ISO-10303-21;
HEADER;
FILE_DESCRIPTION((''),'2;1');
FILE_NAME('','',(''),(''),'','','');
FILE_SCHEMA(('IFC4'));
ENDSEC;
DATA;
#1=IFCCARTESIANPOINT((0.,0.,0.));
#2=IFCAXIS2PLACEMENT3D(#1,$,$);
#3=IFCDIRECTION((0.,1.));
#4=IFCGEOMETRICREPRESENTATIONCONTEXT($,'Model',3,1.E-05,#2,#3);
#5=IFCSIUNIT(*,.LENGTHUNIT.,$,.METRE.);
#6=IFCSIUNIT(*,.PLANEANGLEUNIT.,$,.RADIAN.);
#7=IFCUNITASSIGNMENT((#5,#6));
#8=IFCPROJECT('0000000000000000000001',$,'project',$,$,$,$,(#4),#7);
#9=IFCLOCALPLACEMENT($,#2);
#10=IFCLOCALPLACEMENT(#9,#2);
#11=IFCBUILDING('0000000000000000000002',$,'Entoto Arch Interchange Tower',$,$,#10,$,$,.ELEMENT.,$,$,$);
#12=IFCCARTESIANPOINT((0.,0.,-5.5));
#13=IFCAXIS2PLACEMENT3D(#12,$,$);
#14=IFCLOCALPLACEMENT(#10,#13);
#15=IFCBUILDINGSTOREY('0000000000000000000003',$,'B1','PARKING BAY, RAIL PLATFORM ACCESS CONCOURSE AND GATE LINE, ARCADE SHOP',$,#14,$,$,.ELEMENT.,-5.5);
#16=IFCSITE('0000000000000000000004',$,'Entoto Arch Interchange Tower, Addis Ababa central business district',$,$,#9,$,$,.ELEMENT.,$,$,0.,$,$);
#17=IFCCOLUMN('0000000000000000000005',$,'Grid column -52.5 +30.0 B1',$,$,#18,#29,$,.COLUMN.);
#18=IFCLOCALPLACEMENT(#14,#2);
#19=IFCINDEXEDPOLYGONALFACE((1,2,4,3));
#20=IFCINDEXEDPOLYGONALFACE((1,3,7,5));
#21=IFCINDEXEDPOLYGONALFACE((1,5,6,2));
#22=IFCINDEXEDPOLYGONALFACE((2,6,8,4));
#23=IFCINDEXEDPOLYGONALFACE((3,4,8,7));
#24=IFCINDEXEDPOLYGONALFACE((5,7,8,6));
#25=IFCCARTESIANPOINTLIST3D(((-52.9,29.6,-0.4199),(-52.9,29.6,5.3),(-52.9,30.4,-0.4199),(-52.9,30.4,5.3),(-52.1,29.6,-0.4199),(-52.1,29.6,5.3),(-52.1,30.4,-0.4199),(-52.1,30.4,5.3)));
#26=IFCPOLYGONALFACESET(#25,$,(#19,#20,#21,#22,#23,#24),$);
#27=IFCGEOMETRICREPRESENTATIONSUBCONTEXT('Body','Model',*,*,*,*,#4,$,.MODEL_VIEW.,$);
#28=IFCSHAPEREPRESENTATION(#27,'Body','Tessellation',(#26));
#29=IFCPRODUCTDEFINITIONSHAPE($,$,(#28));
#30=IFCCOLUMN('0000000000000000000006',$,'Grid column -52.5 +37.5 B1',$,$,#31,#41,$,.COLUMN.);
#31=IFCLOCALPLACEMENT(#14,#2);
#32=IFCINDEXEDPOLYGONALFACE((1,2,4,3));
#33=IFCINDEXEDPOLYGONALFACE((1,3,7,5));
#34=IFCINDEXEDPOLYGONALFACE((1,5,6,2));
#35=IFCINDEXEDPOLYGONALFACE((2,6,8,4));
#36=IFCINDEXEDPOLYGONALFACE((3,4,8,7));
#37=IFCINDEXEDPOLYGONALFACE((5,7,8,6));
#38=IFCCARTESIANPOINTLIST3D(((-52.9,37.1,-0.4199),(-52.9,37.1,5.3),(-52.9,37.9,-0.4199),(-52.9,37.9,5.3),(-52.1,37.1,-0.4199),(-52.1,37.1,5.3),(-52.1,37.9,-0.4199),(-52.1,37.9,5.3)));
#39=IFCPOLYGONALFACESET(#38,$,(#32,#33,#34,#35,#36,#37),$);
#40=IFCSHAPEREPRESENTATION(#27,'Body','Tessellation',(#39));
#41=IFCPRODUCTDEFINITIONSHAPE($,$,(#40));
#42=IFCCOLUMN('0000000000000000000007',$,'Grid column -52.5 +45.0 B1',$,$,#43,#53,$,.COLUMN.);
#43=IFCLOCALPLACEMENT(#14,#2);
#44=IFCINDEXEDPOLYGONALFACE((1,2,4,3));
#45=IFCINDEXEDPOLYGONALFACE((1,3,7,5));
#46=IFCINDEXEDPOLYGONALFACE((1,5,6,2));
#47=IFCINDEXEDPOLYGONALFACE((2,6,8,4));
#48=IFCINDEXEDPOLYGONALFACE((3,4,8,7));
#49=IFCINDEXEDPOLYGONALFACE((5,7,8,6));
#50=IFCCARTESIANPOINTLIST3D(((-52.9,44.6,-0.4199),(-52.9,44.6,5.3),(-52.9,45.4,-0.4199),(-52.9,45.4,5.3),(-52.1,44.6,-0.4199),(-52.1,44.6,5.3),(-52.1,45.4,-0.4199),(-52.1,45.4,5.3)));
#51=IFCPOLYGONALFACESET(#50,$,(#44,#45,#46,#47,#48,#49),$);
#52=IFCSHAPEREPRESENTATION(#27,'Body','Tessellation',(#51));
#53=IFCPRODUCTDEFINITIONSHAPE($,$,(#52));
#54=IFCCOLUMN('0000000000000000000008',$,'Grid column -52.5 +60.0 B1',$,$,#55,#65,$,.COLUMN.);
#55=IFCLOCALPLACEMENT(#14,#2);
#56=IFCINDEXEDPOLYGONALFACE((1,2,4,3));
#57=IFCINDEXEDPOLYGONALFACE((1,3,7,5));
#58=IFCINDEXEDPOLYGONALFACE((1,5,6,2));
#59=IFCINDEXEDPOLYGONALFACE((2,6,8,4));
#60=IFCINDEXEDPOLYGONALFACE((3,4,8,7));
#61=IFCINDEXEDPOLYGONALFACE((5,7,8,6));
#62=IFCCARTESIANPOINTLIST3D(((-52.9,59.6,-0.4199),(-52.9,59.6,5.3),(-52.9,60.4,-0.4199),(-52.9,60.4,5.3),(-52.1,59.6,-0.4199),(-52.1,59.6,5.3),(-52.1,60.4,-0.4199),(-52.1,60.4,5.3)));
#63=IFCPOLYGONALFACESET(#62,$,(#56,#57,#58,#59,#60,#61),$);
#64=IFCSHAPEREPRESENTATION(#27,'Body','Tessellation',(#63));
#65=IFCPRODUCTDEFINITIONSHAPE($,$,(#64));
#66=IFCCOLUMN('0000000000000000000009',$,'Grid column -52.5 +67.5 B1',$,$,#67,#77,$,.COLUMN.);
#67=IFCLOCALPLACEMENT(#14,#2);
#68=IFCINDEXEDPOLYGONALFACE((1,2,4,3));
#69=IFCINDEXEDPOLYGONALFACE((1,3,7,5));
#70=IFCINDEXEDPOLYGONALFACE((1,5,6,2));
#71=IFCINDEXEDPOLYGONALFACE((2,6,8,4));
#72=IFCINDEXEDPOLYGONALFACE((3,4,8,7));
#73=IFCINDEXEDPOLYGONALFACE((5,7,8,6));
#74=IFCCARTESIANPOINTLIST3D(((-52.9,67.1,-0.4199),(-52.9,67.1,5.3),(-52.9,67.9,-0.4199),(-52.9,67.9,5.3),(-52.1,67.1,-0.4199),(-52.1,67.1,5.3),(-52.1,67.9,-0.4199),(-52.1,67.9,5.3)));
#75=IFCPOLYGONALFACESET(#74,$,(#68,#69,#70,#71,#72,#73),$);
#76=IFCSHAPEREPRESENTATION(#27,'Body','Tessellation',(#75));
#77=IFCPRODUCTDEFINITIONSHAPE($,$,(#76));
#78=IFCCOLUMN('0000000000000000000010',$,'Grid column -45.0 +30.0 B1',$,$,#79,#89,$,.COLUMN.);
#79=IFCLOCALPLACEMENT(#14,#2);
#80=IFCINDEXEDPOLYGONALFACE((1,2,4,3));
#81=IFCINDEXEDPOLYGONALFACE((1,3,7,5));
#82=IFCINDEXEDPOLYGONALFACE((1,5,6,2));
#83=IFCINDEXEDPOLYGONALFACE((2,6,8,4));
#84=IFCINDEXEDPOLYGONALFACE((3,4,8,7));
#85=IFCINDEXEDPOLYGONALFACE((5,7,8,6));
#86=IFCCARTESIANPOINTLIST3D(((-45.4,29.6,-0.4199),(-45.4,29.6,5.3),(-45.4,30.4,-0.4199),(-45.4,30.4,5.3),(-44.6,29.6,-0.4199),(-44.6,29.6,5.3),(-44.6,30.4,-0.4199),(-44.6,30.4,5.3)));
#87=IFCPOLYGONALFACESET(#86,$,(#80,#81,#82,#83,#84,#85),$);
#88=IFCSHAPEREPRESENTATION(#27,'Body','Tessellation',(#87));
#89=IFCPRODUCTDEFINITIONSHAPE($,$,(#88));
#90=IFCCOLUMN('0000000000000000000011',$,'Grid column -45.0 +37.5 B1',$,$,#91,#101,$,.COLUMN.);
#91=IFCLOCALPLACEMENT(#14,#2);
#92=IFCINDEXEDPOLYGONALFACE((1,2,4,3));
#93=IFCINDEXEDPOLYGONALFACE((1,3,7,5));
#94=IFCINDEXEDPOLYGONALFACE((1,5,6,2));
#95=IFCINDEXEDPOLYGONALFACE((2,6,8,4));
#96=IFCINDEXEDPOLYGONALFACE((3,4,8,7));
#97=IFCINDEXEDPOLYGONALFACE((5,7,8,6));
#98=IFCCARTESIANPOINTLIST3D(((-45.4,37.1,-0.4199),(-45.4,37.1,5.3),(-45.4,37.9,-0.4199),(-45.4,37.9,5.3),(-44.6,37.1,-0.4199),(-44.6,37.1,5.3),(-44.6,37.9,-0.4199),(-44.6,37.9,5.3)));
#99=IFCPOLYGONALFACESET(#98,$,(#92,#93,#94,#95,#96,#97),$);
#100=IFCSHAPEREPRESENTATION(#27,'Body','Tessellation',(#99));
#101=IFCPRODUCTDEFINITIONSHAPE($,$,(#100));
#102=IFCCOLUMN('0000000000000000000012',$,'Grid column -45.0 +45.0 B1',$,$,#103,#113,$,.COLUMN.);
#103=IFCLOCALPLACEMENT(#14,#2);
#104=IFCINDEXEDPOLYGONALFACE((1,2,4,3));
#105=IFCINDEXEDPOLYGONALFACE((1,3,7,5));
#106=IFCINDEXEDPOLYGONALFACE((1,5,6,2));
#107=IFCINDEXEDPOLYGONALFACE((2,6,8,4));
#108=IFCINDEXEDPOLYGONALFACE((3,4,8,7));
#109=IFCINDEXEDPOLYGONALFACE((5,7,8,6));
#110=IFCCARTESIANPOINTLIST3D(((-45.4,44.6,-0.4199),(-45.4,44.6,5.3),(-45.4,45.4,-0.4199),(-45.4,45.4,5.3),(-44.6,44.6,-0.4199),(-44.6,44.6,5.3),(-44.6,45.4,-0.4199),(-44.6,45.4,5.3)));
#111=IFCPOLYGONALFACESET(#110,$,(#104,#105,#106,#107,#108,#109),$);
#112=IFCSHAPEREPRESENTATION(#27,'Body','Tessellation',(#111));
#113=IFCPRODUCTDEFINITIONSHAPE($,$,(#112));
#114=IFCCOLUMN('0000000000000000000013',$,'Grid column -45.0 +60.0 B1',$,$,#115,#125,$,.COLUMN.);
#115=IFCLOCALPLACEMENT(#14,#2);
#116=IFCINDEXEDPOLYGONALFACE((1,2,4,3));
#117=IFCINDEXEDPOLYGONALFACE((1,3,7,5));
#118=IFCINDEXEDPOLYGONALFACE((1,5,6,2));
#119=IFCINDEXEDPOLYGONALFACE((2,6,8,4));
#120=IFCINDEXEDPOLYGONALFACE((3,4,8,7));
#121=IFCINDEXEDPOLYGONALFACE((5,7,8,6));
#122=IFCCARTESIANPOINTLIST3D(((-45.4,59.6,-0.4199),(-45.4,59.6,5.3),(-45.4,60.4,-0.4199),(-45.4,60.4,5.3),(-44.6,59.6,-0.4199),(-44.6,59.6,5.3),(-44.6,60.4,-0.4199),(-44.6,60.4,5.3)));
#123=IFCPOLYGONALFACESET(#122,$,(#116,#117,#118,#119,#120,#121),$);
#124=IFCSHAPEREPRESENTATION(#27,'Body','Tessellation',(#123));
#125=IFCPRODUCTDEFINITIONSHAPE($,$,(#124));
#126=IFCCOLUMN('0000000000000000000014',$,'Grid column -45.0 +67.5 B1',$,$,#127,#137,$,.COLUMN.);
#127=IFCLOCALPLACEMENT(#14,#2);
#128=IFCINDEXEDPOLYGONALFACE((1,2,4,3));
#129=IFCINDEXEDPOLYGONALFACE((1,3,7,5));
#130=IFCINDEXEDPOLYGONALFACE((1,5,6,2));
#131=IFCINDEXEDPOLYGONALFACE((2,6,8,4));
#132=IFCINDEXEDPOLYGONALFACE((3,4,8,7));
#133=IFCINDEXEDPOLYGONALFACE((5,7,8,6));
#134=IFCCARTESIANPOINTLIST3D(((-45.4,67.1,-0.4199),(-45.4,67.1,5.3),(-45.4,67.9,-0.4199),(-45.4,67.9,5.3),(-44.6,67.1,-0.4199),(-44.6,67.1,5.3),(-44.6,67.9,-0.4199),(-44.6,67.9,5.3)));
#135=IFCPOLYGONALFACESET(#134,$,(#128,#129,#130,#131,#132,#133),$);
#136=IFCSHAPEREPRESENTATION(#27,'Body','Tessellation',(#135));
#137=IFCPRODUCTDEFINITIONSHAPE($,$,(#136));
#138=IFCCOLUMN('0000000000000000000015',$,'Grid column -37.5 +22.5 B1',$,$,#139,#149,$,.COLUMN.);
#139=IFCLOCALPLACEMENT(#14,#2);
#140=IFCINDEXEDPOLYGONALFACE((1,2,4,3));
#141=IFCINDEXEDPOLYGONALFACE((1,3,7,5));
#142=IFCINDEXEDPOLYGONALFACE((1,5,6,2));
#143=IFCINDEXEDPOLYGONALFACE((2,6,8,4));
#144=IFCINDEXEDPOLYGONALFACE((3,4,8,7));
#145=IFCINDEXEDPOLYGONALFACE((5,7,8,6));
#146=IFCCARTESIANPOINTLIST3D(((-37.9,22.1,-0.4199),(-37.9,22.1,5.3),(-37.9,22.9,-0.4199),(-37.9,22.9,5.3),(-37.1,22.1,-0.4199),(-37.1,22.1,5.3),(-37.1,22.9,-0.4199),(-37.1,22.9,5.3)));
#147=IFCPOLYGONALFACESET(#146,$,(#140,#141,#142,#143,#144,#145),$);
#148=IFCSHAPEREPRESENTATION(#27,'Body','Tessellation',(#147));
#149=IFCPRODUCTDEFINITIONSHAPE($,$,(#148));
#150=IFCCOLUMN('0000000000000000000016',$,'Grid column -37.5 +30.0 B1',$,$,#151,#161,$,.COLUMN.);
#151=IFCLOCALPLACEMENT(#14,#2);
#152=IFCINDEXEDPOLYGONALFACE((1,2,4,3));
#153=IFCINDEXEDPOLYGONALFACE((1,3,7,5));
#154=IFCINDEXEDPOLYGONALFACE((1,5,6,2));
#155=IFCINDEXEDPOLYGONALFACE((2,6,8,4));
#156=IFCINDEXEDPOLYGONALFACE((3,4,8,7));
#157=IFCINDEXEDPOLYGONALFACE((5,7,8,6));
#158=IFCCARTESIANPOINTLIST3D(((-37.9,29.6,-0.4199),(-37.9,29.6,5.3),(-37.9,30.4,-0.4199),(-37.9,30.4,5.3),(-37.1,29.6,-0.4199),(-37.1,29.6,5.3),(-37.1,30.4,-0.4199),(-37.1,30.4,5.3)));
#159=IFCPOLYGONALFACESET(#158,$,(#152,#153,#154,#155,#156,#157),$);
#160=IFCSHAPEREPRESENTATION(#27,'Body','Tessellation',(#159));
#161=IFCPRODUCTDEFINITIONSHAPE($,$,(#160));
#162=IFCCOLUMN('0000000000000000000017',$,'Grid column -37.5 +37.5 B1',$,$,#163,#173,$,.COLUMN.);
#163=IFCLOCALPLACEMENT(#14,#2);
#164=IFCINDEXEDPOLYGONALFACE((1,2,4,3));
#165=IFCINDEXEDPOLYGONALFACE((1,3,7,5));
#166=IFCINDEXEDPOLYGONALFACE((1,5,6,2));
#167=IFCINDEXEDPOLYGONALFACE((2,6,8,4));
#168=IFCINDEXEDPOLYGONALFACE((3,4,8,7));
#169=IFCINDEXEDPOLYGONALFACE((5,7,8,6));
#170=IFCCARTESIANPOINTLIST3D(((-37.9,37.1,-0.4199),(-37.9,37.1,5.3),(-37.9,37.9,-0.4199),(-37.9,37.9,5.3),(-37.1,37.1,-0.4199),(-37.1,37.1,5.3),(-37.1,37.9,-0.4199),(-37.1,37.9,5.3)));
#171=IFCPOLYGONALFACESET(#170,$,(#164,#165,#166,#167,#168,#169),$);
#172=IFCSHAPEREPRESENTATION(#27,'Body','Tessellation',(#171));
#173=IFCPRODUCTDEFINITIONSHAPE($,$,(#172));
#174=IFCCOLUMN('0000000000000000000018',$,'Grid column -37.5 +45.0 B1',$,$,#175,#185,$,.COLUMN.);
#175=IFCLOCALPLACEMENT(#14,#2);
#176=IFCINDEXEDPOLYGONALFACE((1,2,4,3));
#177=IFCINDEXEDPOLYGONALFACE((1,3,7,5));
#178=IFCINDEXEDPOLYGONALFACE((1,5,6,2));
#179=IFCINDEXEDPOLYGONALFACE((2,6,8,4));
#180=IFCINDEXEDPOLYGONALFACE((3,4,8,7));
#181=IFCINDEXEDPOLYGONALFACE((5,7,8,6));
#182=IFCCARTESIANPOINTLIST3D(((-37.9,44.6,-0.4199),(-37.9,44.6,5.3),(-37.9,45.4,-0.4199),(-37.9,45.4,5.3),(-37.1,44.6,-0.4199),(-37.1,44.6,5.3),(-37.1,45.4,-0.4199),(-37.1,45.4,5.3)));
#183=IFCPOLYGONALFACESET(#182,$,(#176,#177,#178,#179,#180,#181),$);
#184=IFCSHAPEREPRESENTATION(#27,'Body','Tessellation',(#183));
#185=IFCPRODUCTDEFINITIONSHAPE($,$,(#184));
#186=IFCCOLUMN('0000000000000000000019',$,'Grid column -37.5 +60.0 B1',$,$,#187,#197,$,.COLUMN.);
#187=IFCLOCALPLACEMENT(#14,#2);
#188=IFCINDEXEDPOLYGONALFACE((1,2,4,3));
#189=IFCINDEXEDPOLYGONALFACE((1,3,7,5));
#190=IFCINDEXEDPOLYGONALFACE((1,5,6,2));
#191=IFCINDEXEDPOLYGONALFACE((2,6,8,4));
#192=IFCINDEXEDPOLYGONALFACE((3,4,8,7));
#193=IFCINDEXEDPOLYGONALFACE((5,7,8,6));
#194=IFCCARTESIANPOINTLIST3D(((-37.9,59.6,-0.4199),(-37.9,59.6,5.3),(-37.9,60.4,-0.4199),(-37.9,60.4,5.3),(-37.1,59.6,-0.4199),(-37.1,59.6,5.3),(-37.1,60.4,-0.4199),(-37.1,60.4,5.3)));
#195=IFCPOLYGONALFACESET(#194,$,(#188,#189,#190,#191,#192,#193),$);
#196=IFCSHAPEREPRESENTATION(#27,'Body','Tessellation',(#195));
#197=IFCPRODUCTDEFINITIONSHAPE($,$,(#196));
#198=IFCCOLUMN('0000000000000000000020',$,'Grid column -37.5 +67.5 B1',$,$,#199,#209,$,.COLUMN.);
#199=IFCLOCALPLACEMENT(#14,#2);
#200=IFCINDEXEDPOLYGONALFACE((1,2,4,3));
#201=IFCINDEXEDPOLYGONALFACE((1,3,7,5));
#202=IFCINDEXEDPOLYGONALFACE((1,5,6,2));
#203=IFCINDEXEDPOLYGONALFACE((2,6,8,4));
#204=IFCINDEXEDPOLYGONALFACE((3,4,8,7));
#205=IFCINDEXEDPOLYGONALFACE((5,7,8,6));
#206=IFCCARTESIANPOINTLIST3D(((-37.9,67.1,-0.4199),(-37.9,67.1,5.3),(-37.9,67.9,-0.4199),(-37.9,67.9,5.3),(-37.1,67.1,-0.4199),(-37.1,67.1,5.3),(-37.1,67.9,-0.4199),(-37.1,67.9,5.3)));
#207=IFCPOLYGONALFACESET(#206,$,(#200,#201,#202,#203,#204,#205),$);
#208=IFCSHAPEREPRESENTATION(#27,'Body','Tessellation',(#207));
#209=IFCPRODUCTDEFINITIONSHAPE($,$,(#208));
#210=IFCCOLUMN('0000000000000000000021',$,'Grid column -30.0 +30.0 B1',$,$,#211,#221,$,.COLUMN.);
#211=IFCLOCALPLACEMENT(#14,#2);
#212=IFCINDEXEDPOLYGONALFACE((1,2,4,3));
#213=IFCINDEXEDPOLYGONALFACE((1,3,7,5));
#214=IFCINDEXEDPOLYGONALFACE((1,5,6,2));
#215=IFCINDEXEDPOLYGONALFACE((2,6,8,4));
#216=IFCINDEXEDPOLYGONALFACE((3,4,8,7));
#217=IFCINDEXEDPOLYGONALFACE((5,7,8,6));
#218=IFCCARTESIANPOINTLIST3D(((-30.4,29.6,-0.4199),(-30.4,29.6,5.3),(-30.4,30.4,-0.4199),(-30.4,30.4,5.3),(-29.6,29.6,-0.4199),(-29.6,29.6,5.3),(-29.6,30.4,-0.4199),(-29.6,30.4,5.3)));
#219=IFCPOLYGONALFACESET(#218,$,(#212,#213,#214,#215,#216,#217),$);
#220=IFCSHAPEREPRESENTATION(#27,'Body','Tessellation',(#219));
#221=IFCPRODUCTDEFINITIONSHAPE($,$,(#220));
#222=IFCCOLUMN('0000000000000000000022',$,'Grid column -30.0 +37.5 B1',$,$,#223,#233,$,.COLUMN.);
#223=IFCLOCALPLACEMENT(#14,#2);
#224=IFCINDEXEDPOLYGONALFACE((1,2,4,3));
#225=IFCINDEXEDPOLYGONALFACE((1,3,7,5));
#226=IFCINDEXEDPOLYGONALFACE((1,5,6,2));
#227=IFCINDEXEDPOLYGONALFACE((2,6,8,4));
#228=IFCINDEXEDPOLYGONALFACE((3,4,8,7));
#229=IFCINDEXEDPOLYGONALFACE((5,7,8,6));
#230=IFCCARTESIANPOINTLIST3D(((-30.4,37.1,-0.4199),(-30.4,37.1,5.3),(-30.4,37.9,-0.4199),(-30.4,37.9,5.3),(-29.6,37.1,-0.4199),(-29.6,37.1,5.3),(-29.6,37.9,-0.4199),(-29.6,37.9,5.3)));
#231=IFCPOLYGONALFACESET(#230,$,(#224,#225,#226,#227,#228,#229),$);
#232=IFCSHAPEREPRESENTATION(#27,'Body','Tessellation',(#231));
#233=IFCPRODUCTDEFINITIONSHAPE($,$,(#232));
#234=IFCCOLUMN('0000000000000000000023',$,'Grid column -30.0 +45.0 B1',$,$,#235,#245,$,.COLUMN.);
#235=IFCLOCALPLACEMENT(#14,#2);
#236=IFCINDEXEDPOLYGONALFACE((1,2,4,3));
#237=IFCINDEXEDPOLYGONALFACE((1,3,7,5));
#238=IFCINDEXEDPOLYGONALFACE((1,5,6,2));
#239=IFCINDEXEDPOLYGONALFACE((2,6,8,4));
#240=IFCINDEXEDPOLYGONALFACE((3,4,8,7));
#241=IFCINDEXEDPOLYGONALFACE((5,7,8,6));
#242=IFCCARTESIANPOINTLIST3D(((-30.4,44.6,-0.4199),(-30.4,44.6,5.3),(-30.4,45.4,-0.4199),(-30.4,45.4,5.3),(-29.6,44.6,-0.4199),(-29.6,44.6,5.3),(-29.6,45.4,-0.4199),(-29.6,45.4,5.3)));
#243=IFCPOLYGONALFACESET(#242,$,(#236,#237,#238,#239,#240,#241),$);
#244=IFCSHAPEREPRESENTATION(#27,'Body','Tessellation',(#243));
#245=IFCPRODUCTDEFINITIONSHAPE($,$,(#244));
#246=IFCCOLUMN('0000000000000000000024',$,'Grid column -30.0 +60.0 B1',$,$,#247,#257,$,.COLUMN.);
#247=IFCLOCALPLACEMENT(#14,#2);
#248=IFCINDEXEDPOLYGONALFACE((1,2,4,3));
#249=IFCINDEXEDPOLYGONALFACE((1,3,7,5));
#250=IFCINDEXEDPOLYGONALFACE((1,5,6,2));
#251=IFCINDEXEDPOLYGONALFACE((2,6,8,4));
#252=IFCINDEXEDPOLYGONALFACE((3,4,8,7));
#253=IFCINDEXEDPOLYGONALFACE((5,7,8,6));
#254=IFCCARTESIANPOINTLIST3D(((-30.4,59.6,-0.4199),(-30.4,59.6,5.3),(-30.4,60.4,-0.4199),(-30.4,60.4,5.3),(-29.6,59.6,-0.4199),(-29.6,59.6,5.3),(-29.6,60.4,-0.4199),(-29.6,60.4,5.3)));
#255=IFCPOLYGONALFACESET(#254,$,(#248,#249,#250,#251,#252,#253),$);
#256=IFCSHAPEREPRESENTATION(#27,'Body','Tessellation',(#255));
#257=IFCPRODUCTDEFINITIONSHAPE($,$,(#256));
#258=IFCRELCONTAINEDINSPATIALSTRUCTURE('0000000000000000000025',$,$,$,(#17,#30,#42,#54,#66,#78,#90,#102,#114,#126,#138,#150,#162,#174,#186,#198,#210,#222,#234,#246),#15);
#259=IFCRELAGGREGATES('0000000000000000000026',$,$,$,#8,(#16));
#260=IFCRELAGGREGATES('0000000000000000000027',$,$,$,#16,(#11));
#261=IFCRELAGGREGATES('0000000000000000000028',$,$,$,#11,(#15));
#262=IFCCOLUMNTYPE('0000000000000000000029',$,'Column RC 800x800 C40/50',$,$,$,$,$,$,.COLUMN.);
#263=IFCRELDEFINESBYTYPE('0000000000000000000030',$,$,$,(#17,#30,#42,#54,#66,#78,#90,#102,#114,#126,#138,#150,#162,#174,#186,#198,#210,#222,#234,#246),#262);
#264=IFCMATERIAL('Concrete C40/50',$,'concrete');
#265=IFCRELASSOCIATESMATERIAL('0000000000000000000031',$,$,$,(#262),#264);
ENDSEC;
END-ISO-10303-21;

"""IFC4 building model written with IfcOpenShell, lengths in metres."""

from ifc_helpers import new_model, si_unit, direction, frame, origin, origin_2d, place, context, subcontext, project, spatial, rectangle, extrude, material, material_profile, profile_set, type_object, element, save


model = new_model("IFC4")

# Units and contexts
model_context = context("Model", 3, precision=1e-05, world=origin(), true_north=direction((0.0, 1.0)))
body_context = subcontext(model_context, "Body", "Model", "MODEL_VIEW")
ifc_project = project(units=[si_unit("LENGTHUNIT", "METRE"), si_unit("PLANEANGLEUNIT", "RADIAN")], contexts=[model_context])

# Site, building, storey
site_placement = place(None, origin())
site = spatial("IfcSite", under=ifc_project, at=site_placement, Name="Entoto Arch Interchange Tower, Addis Ababa central business district", CompositionType="ELEMENT", RefElevation=0.0)
building_placement = place(site_placement, origin())
building = spatial("IfcBuilding", under=site, at=building_placement, Name="Entoto Arch Interchange Tower", CompositionType="ELEMENT")
storey_placement = place(building_placement, frame((0.0, 0.0, -5.5)))
storey = spatial("IfcBuildingStorey", under=building, at=storey_placement, Name="B1", Description="PARKING BAY, RAIL PLATFORM ACCESS CONCOURSE AND GATE LINE, ARCADE SHOP", CompositionType="ELEMENT", Elevation=-5.5)

# Columns
ifc_material_1 = material(Name="Concrete C40/50", Category="concrete")
ifc_material_profile = material_profile(ifc_material_1, rectangle(XDim=0.8, YDim=0.8, at=origin_2d()))
ifc_profile_set = profile_set([ifc_material_profile], Name="Concrete C40/50")
column_type = type_object("IfcColumnType", Name="Column RC 800x800 C40/50", PredefinedType="COLUMN", material=ifc_profile_set)
for number, where, z_axis, x_axis, name in (
    (1, (-52.5, 30.0, -0.4199), (0.0, 0.0, 1.0), (1.0, 0.0, 0.0), "Grid column -52.5 +30.0 B1"),
    (2, (-52.5, 37.5, -0.4199), (0.0, 0.0, 1.0), (1.0, 0.0, 0.0), "Grid column -52.5 +37.5 B1"),
    (3, (-52.5, 45.0, -0.4199), (0.0, 0.0, 1.0), (1.0, 0.0, 0.0), "Grid column -52.5 +45.0 B1"),
    (4, (-52.5, 60.0, -0.4199), (0.0, 0.0, 1.0), (1.0, 0.0, 0.0), "Grid column -52.5 +60.0 B1"),
    (5, (-52.5, 67.5, -0.4199), (0.0, 0.0, 1.0), (1.0, 0.0, 0.0), "Grid column -52.5 +67.5 B1"),
    (6, (-45.0, 30.0, -0.4199), (0.0, 0.0, 1.0), (1.0, 0.0, 0.0), "Grid column -45.0 +30.0 B1"),
    (7, (-45.0, 37.5, -0.4199), (0.0, 0.0, 1.0), (1.0, 0.0, 0.0), "Grid column -45.0 +37.5 B1"),
    (8, (-45.0, 45.0, -0.4199), (0.0, 0.0, 1.0), (1.0, 0.0, 0.0), "Grid column -45.0 +45.0 B1"),
    (9, (-45.0, 60.0, -0.4199), (0.0, 0.0, 1.0), (1.0, 0.0, 0.0), "Grid column -45.0 +60.0 B1"),
    (10, (-45.0, 67.5, -0.4199), (0.0, 0.0, 1.0), (1.0, 0.0, 0.0), "Grid column -45.0 +67.5 B1"),
    (11, (-37.5, 22.5, -0.4199), (0.0, 0.0, 1.0), (1.0, 0.0, 0.0), "Grid column -37.5 +22.5 B1"),
    (12, (-37.5, 30.0, -0.4199), (0.0, 0.0, 1.0), (1.0, 0.0, 0.0), "Grid column -37.5 +30.0 B1"),
    (13, (-37.5, 37.5, -0.4199), (0.0, 0.0, 1.0), (1.0, 0.0, 0.0), "Grid column -37.5 +37.5 B1"),
    (14, (-37.5, 45.0, -0.4199), (0.0, 0.0, 1.0), (1.0, 0.0, 0.0), "Grid column -37.5 +45.0 B1"),
    (15, (-37.5, 60.0, -0.4199), (0.0, 0.0, 1.0), (1.0, 0.0, 0.0), "Grid column -37.5 +60.0 B1"),
    (16, (-37.5, 67.5, -0.4199), (0.0, 0.0, 1.0), (1.0, 0.0, 0.0), "Grid column -37.5 +67.5 B1"),
    (17, (-30.0, 30.0, -0.4199), (0.0, 0.0, 1.0), (1.0, 0.0, 0.0), "Grid column -30.0 +30.0 B1"),
    (18, (-30.0, 37.5, -0.4199), (0.0, 0.0, 1.0), (1.0, 0.0, 0.0), "Grid column -30.0 +37.5 B1"),
    (19, (-30.0, 45.0, -0.4199), (0.0, 0.0, 1.0), (1.0, 0.0, 0.0), "Grid column -30.0 +45.0 B1"),
    (20, (-30.0, 60.0, -0.4199), (0.0, 0.0, 1.0), (1.0, 0.0, 0.0), "Grid column -30.0 +60.0 B1"),
):
    element("IfcColumn", number, at=place(storey_placement, frame(where, z_axis=z_axis, x_axis=x_axis)), inside=storey, type_object=column_type, Name=name, PredefinedType="COLUMN", context=body_context, shape_type="SweptSolid", body=[
        extrude(rectangle(XDim=0.8, YDim=0.8, at=origin_2d()), origin(), (0.0, 0.0, 1.0), 5.72),
    ])

save(model, "model.ifc")
